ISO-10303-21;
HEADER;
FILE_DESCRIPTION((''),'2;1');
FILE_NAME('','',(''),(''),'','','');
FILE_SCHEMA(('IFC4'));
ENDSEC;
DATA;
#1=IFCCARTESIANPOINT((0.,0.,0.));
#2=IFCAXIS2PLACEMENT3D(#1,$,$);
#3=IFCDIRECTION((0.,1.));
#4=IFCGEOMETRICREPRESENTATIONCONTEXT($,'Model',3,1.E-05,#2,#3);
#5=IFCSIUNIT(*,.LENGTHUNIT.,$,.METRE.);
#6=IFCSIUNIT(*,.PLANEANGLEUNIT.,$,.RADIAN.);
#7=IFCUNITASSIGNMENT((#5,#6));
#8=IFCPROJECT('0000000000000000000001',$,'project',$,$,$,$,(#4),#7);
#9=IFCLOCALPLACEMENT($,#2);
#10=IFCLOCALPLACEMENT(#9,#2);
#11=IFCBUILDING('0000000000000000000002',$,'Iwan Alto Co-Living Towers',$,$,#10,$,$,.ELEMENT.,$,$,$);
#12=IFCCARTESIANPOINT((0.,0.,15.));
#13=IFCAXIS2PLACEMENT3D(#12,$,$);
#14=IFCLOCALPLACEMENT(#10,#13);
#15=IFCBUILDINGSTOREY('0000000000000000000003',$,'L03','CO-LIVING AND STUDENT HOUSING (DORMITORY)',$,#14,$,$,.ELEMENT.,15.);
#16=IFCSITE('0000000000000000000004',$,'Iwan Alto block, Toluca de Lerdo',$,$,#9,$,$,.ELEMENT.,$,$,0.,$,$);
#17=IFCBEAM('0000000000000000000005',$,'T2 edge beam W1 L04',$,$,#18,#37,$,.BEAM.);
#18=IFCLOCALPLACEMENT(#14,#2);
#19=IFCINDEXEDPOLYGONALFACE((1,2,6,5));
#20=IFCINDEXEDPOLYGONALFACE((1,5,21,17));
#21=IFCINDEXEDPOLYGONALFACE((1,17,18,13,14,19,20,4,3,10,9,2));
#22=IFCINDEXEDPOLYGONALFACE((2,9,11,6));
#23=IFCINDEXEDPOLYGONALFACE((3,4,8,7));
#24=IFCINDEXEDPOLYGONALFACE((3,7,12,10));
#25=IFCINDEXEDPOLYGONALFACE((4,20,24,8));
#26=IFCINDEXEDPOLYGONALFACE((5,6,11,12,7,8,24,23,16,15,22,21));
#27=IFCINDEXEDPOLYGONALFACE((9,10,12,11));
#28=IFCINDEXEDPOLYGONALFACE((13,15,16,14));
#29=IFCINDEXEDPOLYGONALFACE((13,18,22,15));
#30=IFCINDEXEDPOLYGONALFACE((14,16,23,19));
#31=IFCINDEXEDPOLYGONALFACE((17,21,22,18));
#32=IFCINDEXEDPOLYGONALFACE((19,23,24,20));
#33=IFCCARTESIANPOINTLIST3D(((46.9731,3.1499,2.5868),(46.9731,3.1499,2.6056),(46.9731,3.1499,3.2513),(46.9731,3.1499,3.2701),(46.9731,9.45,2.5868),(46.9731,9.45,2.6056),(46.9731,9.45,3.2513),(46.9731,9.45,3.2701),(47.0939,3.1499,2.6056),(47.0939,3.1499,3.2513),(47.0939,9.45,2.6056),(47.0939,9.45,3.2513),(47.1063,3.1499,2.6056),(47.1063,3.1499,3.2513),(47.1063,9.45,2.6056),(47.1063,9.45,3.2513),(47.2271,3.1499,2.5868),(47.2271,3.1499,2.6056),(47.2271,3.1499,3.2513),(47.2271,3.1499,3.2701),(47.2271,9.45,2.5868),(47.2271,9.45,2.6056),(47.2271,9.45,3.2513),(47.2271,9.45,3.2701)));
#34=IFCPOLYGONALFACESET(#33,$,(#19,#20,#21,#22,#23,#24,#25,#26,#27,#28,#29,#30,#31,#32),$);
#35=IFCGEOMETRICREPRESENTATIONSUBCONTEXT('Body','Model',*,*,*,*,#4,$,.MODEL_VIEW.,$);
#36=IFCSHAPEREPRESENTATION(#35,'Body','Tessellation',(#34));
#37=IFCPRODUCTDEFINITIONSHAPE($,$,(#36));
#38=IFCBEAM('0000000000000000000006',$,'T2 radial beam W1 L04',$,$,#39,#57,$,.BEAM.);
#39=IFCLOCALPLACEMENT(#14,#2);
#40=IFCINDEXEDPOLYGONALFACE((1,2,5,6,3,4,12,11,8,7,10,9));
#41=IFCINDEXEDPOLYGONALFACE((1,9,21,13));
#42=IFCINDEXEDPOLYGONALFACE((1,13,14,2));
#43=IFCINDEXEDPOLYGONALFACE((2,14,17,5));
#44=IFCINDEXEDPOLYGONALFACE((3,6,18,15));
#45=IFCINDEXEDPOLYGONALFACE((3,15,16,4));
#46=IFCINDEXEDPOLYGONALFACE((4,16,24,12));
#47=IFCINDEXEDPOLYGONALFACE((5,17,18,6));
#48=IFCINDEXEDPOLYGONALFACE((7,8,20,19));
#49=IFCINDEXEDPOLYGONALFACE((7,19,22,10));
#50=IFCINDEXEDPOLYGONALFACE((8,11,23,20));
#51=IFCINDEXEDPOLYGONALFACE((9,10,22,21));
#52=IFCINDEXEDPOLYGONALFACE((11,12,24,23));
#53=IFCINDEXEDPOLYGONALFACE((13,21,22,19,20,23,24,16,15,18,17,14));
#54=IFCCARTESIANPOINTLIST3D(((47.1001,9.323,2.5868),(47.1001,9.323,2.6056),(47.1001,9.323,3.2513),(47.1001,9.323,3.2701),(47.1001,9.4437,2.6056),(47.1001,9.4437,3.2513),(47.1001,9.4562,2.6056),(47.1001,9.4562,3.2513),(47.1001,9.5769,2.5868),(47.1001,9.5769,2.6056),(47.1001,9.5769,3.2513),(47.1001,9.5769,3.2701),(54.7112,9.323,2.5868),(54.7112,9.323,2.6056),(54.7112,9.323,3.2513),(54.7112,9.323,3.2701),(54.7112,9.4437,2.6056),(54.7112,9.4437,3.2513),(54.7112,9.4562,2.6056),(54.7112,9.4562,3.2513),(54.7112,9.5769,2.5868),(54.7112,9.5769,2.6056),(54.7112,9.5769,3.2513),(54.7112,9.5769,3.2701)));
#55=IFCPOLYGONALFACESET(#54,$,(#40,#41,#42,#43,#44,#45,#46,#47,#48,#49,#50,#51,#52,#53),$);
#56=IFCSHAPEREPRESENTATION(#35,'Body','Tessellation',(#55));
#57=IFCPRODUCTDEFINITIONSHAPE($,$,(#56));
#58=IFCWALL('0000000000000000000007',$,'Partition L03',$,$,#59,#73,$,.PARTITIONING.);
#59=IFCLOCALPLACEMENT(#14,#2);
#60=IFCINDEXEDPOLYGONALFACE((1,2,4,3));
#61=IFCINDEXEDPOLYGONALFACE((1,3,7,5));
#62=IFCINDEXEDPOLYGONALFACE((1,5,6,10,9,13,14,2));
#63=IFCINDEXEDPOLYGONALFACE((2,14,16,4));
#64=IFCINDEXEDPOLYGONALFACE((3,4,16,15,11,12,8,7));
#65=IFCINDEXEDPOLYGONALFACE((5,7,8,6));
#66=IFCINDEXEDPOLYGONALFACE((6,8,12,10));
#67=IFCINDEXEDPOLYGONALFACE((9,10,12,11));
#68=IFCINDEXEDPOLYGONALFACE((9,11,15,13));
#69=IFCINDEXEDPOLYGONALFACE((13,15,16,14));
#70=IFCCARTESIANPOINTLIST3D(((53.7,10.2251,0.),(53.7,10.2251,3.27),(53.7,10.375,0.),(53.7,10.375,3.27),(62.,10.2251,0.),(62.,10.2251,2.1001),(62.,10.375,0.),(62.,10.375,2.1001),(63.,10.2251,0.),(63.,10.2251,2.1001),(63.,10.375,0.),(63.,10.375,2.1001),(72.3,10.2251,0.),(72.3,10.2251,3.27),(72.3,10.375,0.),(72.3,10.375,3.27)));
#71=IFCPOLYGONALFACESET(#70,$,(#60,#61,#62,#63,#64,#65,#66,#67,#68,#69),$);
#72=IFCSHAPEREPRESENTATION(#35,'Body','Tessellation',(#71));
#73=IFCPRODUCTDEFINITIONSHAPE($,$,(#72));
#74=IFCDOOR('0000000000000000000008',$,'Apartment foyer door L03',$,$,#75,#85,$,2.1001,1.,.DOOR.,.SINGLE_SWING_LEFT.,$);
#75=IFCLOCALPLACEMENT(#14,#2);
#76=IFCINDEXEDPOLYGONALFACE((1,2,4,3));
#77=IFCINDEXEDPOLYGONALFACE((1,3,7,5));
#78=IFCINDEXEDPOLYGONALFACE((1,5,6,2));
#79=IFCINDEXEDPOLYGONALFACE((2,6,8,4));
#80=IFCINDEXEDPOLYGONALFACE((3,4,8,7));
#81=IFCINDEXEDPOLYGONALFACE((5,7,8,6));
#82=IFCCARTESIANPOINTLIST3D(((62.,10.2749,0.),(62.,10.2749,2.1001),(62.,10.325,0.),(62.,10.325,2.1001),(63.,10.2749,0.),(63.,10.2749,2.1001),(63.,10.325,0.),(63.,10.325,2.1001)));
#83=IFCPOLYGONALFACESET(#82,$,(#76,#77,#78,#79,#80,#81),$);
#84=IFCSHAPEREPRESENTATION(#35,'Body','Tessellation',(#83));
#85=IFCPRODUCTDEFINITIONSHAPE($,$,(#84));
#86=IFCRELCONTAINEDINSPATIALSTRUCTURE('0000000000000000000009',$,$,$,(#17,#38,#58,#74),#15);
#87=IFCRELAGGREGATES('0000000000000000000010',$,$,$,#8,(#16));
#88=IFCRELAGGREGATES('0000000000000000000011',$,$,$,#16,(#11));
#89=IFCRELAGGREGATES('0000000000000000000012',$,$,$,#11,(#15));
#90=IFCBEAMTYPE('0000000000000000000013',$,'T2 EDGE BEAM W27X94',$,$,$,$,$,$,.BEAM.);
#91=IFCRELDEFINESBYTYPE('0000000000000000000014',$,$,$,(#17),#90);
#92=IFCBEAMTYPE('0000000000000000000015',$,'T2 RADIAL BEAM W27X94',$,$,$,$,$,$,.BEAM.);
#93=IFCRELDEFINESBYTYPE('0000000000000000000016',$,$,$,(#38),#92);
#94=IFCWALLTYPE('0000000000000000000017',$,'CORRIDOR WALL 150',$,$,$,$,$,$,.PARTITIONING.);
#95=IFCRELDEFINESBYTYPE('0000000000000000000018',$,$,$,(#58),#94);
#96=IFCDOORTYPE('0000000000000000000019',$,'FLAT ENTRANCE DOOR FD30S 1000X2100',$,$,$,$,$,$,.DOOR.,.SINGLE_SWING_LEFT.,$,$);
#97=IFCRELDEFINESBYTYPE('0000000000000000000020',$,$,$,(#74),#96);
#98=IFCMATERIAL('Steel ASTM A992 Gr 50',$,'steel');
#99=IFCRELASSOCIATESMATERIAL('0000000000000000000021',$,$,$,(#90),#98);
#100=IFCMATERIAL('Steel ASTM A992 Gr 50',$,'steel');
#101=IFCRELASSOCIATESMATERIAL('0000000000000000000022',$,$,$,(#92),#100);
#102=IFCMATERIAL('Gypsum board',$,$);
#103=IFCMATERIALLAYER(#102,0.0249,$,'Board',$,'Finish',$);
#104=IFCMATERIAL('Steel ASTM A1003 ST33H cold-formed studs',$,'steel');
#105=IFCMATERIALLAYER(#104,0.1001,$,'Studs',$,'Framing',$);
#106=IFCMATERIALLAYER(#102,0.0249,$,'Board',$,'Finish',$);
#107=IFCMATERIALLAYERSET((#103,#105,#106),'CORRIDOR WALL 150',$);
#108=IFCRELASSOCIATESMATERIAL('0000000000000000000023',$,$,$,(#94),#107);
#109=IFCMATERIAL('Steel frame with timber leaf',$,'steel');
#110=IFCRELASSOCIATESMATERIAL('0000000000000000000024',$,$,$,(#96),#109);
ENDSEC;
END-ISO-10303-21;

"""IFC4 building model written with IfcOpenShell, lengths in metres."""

from ifc_helpers import new_model, si_unit, direction, frame, frame_2d, origin, origin_2d, place, context, subcontext, project, spatial, rectangle, i_section, extrude, material, layer, layer_set, material_profile, profile_set, type_object, element, fill, save


model = new_model("IFC4")

# Units and contexts
model_context = context("Model", 3, precision=1e-05, world=origin(), true_north=direction((0.0, 1.0)))
body_context = subcontext(model_context, "Body", "Model", "MODEL_VIEW")
ifc_project = project(units=[si_unit("LENGTHUNIT", "METRE"), si_unit("PLANEANGLEUNIT", "RADIAN")], contexts=[model_context])

# Site, building, storey
site_placement = place(None, origin())
site = spatial("IfcSite", under=ifc_project, at=site_placement, Name="Iwan Alto block, Toluca de Lerdo", CompositionType="ELEMENT", RefElevation=0.0)
building_placement = place(site_placement, origin())
building = spatial("IfcBuilding", under=site, at=building_placement, Name="Iwan Alto Co-Living Towers", CompositionType="ELEMENT")
storey_placement = place(building_placement, frame((0.0, 0.0, 15.0)))
storey = spatial("IfcBuildingStorey", under=building, at=storey_placement, Name="L03", Description="CO-LIVING AND STUDENT HOUSING (DORMITORY)", CompositionType="ELEMENT", Elevation=15.0)

# Beams
ifc_material_1 = material(Name="Steel ASTM A992 Gr 50", Category="steel")
ifc_material_profile_1 = material_profile(ifc_material_1, i_section(OverallWidth=0.2539, OverallDepth=0.6833, WebThickness=0.0125, FlangeThickness=0.0188, at=origin_2d()), Name="W27X94")
ifc_profile_set_1 = profile_set([ifc_material_profile_1], Name="Steel ASTM A992 Gr 50")
beam_type_1 = type_object("IfcBeamType", Name="T2 EDGE BEAM W27X94", PredefinedType="BEAM", material=ifc_profile_set_1)
beam_1_placement = place(storey_placement, frame((47.1001, 9.45, 2.9285), z_axis=(0.0, -1.0, 0.0), x_axis=(1.0, 0.0, 0.0)))
element("IfcBeam", 1, at=beam_1_placement, inside=storey, type_object=beam_type_1, Name="T2 edge beam W1 L04", PredefinedType="BEAM", context=body_context, shape_type="SweptSolid", body=[
    extrude(i_section(OverallWidth=0.2539, OverallDepth=0.6833, WebThickness=0.0125, FlangeThickness=0.0188, at=origin_2d()), origin(), (0.0, 0.0, 1.0), 6.3),
])
ifc_material_2 = material(Name="Steel ASTM A992 Gr 50", Category="steel")
ifc_material_profile_2 = material_profile(ifc_material_2, i_section(OverallWidth=0.2539, OverallDepth=0.6833, WebThickness=0.0125, FlangeThickness=0.0188, at=origin_2d()), Name="W27X94")
ifc_profile_set_2 = profile_set([ifc_material_profile_2], Name="Steel ASTM A992 Gr 50")
beam_type_2 = type_object("IfcBeamType", Name="T2 RADIAL BEAM W27X94", PredefinedType="BEAM", material=ifc_profile_set_2)
beam_2_placement = place(storey_placement, frame((47.1001, 9.45, 2.9285), z_axis=(1.0, 0.0, 0.0), x_axis=(0.0, 1.0, 0.0)))
element("IfcBeam", 2, at=beam_2_placement, inside=storey, type_object=beam_type_2, Name="T2 radial beam W1 L04", PredefinedType="BEAM", context=body_context, shape_type="SweptSolid", body=[
    extrude(i_section(OverallWidth=0.2539, OverallDepth=0.6833, WebThickness=0.0125, FlangeThickness=0.0188, at=origin_2d()), origin(), (0.0, 0.0, 1.0), 7.6111),
])

# Wall, opening, door
ifc_material_3 = material(Name="Gypsum board")
ifc_layer_1 = layer(ifc_material_3, 0.0249, Name="Board", Category="Finish")
ifc_material_4 = material(Name="Steel ASTM A1003 ST33H cold-formed studs", Category="steel")
ifc_layer_2 = layer(ifc_material_4, 0.1001, Name="Studs", Category="Framing")
ifc_layer_3 = layer(ifc_material_3, 0.0249, Name="Board", Category="Finish")
ifc_layer_set_1 = layer_set([ifc_layer_1, ifc_layer_2, ifc_layer_3], Name="CORRIDOR WALL 150")
wall_type_1 = type_object("IfcWallType", Name="CORRIDOR WALL 150", PredefinedType="PARTITIONING", material=ifc_layer_set_1)
wall_1_placement = place(storey_placement, frame((53.7, 10.3, 0.0), z_axis=(0.0, 0.0, 1.0), x_axis=(1.0, 0.0, 0.0)))
wall_1 = element("IfcWall", 3, at=wall_1_placement, inside=storey, type_object=wall_type_1, Name="Partition L03", PredefinedType="PARTITIONING", context=body_context, shape_type="SweptSolid", body=[
    extrude(rectangle(XDim=18.6001, YDim=0.1499, at=frame_2d((9.3, 0.0))), origin(), (0.0, 0.0, 1.0), 3.27),
])
opening_1_placement = place(wall_1_placement, frame((8.3, 0.0, 0.0)))
opening_1 = element("IfcOpeningElement", 4, at=opening_1_placement, cuts=wall_1, PredefinedType="OPENING", context=body_context, shape_type="SweptSolid", body=[
    extrude(rectangle(XDim=1.0, YDim=2.1001, at=frame_2d((0.5, 1.05))), frame((0.0, 0.085, 0.0), z_axis=(0.0, -1.0, 0.0), x_axis=(1.0, 0.0, 0.0)), (0.0, 0.0, 1.0), 0.1699),
])
ifc_material_5 = material(Name="Steel frame with timber leaf", Category="steel")
door_type_1 = type_object("IfcDoorType", Name="FLAT ENTRANCE DOOR FD30S 1000X2100", OperationType="SINGLE_SWING_LEFT", PredefinedType="DOOR", material=ifc_material_5)
door_1_placement = place(opening_1_placement, origin())
door_1 = element("IfcDoor", 5, at=door_1_placement, inside=storey, type_object=door_type_1, Name="Apartment foyer door L03", OperationType="SINGLE_SWING_LEFT", OverallHeight=2.1001, OverallWidth=1.0, PredefinedType="DOOR", context=body_context, shape_type="SweptSolid", body=[
    extrude(rectangle(XDim=1.0, YDim=2.1001, at=frame_2d((0.5, 1.05))), frame((0.0, 0.0249, 0.0), z_axis=(0.0, -1.0, 0.0), x_axis=(1.0, 0.0, 0.0)), (0.0, 0.0, 1.0), 0.05),
])
fill(opening_1, door_1)

save(model, "model.ifc")
